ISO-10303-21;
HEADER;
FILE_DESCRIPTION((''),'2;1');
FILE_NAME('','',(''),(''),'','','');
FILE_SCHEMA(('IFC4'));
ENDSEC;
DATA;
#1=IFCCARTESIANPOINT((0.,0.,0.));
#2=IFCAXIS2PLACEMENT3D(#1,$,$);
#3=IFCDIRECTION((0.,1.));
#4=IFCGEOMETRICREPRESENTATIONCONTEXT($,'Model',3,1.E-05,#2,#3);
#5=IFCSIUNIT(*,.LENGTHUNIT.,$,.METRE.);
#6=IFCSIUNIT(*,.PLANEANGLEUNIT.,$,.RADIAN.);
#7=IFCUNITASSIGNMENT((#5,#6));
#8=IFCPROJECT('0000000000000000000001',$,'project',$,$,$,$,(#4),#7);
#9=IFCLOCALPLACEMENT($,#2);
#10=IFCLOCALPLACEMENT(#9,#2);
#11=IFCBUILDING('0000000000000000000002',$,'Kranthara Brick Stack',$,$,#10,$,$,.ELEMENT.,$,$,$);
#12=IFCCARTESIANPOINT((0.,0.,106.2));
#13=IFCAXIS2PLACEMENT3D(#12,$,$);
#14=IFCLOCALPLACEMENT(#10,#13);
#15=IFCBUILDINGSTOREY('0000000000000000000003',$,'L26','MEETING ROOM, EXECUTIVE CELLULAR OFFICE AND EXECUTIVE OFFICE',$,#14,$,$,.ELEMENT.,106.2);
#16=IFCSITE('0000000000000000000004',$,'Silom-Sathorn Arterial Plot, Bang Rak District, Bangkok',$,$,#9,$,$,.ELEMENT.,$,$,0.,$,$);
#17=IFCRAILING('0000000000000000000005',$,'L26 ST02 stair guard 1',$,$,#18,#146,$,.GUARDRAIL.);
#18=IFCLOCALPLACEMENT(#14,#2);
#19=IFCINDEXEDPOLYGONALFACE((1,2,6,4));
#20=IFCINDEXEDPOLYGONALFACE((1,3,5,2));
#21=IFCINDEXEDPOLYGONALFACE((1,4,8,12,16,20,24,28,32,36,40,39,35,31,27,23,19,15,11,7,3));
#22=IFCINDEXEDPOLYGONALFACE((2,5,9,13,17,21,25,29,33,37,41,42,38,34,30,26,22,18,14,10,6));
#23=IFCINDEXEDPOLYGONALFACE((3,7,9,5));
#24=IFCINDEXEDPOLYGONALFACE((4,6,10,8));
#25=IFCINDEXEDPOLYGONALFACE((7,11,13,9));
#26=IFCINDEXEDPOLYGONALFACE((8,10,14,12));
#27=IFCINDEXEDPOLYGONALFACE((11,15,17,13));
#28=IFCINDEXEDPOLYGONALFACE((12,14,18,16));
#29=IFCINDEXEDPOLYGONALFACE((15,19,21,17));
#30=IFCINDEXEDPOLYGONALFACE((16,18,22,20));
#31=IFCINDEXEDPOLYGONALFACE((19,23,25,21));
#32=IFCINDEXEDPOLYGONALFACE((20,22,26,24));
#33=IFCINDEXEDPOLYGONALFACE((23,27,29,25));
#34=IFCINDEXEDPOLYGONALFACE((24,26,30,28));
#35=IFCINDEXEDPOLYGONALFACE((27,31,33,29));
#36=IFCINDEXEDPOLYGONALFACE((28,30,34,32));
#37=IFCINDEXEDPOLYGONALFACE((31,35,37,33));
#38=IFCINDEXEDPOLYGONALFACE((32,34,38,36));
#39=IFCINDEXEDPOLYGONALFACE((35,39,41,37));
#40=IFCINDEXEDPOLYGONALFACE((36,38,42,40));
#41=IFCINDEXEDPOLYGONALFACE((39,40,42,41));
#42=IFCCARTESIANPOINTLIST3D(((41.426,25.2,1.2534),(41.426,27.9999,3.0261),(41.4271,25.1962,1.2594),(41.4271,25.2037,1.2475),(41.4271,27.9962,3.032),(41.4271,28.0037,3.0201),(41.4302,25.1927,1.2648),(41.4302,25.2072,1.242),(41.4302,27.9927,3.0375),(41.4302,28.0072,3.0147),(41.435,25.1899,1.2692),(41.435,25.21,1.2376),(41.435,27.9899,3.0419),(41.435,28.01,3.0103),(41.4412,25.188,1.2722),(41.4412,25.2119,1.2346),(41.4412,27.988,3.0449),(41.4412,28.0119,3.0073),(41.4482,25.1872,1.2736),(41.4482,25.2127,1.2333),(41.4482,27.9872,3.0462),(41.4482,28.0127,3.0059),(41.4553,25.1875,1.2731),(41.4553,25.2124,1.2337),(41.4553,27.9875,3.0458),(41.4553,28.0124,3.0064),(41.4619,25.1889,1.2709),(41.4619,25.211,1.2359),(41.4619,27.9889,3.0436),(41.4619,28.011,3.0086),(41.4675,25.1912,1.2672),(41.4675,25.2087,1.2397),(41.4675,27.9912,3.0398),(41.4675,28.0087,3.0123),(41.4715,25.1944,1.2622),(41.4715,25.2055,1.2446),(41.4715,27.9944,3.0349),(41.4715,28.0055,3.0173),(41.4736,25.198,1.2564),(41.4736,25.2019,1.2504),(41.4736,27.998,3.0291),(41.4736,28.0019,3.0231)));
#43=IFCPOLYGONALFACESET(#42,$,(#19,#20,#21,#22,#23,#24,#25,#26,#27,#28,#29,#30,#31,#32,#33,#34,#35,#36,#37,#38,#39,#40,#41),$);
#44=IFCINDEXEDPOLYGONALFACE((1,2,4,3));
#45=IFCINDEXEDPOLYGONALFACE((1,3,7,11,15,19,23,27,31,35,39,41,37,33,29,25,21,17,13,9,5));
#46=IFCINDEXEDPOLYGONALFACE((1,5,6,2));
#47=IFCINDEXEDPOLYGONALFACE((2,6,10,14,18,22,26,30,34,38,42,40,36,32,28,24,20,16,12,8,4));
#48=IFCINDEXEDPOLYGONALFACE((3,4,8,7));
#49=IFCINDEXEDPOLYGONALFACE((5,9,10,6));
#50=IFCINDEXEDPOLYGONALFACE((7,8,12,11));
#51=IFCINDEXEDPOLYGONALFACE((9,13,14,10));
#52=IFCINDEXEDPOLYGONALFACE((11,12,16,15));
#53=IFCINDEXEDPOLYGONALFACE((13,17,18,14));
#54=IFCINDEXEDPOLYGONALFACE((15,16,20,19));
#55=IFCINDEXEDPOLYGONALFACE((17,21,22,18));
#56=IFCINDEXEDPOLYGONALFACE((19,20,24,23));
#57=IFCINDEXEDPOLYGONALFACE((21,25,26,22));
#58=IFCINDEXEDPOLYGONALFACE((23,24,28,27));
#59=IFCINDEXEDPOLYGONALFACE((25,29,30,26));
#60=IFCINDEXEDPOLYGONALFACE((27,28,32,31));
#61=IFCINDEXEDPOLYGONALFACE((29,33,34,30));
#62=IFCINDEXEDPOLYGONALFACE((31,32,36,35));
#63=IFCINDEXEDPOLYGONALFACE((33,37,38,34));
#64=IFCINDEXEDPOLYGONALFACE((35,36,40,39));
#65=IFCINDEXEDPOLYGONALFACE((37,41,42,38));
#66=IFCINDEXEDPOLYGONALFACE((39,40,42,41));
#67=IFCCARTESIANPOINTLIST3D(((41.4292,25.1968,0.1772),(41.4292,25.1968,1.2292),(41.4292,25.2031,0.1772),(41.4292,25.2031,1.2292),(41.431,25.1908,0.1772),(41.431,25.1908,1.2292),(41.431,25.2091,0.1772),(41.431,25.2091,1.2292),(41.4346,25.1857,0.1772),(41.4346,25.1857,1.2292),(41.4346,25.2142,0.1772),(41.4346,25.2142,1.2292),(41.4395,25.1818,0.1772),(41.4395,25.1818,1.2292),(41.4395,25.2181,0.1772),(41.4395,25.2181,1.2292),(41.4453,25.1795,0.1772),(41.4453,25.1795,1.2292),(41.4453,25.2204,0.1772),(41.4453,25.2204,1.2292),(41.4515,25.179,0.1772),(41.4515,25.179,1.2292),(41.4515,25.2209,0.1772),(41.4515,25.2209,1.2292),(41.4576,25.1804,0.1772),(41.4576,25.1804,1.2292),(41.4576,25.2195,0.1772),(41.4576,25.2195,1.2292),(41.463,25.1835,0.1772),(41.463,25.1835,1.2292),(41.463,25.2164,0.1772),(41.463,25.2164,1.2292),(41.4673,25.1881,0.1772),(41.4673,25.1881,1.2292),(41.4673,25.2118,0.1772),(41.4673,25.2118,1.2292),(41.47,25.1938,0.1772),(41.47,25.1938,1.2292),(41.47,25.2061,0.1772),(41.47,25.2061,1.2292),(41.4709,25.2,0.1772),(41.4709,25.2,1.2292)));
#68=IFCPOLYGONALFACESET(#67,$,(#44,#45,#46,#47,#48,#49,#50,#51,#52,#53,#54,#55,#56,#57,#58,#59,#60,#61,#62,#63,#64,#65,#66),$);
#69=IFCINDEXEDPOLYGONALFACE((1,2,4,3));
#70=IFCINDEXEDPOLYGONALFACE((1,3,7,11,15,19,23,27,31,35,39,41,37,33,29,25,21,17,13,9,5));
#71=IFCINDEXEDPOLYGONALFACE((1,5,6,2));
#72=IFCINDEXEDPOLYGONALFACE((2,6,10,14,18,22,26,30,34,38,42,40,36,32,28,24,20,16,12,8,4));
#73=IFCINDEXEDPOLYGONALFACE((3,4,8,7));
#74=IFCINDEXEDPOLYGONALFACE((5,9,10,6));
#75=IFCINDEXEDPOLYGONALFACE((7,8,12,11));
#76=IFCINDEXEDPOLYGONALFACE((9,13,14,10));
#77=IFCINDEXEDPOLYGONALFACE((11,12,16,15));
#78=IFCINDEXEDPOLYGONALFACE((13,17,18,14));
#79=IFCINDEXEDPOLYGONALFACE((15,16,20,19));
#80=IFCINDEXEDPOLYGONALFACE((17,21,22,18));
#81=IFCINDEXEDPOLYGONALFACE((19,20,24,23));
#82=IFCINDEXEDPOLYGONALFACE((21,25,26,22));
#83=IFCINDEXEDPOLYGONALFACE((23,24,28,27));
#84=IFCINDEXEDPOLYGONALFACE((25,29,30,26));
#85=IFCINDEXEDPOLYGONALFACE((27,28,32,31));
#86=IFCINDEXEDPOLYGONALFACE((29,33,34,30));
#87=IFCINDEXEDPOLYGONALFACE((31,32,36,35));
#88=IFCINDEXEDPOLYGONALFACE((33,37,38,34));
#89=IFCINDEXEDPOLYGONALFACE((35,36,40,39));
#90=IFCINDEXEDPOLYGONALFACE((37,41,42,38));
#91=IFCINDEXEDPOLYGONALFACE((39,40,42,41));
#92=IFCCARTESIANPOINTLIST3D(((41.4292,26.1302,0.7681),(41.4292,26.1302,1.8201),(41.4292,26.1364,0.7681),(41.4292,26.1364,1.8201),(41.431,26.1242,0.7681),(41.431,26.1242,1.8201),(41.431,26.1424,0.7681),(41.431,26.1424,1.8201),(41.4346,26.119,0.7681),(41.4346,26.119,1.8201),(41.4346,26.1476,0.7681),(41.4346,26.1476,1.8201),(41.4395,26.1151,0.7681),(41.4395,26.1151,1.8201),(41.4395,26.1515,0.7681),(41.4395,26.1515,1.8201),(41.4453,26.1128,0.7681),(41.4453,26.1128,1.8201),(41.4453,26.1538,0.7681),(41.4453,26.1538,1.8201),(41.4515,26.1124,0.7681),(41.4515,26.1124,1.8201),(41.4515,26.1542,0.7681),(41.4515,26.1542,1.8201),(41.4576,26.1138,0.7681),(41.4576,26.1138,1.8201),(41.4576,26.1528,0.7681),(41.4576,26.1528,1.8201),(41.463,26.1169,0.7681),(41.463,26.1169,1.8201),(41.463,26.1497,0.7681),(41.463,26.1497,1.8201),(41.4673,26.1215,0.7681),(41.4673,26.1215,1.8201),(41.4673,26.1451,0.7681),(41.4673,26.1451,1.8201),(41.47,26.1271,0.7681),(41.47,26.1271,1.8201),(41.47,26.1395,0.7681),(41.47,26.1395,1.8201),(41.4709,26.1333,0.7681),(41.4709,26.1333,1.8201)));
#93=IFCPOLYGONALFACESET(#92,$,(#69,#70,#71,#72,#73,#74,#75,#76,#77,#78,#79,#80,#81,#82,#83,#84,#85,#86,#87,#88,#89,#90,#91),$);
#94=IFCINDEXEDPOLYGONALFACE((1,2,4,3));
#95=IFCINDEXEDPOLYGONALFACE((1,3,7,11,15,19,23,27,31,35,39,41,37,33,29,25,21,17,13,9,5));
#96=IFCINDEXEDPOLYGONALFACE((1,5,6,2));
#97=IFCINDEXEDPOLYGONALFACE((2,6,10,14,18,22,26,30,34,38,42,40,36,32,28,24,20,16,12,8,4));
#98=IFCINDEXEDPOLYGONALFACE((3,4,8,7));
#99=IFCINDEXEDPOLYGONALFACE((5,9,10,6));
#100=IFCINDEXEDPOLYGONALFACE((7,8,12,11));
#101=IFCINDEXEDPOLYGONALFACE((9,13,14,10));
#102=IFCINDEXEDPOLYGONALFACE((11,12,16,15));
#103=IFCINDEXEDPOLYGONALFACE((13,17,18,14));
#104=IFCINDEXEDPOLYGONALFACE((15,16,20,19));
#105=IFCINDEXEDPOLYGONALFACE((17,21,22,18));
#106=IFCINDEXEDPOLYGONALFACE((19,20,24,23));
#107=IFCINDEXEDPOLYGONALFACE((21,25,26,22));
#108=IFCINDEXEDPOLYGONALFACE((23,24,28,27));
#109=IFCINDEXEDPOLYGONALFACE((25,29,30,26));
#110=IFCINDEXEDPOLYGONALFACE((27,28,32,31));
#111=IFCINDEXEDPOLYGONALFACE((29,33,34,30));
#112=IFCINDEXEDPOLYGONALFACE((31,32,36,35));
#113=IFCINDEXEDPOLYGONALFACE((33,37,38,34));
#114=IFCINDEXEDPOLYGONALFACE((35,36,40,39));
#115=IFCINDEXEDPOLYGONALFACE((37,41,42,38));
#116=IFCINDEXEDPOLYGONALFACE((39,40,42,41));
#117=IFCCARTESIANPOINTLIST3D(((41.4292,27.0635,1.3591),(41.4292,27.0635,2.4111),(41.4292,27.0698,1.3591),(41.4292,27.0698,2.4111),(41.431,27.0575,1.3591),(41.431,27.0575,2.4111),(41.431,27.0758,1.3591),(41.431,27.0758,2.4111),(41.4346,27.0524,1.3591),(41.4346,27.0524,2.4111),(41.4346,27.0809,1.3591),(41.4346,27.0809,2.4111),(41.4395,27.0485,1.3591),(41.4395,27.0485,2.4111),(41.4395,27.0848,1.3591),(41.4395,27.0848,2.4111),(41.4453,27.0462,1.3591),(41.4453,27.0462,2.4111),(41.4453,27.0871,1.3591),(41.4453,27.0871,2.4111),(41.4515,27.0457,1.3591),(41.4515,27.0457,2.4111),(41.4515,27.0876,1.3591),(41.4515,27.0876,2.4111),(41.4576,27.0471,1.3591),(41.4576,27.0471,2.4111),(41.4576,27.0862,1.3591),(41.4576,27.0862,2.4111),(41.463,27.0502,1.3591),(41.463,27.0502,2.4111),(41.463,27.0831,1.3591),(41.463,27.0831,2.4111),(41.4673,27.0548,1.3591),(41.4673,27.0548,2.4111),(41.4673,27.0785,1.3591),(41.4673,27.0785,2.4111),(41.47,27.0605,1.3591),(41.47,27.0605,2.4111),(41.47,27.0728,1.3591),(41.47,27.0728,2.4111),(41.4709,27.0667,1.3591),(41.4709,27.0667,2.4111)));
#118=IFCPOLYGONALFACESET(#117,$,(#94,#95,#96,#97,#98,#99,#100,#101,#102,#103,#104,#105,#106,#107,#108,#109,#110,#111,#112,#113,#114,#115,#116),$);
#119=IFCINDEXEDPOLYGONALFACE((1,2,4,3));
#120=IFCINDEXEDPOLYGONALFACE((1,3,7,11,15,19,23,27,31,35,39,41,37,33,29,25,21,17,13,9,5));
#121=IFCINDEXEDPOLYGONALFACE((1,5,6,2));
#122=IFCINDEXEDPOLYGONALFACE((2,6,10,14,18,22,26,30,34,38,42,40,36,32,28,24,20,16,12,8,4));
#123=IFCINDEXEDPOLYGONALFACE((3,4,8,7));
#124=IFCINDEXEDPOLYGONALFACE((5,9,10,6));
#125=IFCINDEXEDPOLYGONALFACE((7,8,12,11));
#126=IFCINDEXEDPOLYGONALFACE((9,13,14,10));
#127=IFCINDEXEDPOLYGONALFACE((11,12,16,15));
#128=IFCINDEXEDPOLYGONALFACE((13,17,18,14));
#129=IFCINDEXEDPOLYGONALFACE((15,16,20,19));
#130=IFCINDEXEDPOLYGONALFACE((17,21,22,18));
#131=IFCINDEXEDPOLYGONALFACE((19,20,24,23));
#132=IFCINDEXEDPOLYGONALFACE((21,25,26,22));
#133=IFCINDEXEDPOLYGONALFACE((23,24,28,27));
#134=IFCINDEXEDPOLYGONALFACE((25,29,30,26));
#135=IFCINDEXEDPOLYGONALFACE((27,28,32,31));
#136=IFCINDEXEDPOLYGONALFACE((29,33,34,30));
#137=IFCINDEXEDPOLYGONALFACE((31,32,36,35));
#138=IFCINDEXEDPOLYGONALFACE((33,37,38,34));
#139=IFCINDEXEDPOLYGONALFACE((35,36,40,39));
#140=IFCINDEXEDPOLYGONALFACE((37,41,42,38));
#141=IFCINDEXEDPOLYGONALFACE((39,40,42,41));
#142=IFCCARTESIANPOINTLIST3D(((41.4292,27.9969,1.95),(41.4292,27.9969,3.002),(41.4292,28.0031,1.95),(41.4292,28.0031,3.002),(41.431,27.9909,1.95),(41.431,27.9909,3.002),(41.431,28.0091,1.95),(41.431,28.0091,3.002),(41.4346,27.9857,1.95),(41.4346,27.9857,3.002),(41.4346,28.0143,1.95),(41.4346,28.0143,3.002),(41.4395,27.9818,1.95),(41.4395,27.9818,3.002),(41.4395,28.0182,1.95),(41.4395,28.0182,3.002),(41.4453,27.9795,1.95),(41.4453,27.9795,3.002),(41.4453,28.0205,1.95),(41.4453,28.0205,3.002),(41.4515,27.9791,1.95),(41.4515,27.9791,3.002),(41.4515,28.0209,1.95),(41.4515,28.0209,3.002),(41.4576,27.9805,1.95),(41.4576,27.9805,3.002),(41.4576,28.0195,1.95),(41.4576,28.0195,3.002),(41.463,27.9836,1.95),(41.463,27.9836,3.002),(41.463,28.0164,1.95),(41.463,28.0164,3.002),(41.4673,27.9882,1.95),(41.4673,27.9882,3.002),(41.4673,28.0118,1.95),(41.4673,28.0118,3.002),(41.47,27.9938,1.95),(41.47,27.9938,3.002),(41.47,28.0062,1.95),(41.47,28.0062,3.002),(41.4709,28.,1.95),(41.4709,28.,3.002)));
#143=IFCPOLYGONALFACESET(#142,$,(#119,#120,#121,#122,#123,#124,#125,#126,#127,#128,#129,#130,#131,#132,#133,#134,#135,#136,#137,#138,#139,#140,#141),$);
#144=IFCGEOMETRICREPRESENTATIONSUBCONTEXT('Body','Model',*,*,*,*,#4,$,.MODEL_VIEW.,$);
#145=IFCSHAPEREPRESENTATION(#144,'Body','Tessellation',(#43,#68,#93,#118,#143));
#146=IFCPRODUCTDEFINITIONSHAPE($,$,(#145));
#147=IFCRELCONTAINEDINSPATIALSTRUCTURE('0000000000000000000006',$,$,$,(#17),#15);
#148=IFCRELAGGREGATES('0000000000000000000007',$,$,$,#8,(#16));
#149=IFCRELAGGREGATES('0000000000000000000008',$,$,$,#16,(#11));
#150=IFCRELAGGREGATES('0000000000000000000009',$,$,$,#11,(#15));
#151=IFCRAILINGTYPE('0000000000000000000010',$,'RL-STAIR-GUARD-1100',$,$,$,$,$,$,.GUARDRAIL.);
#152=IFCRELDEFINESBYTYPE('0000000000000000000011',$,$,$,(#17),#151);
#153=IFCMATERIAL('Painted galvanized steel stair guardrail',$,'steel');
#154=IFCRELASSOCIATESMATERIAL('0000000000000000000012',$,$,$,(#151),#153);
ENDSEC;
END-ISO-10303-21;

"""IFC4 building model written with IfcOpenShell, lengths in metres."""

from ifc_helpers import new_model, si_unit, direction, frame, origin, origin_2d, place, context, subcontext, project, spatial, circle, extrude, material, type_object, element, save


model = new_model("IFC4")

# Units and contexts
model_context = context("Model", 3, precision=1e-05, world=origin(), true_north=direction((0.0, 1.0)))
body_context = subcontext(model_context, "Body", "Model", "MODEL_VIEW")
ifc_project = project(units=[si_unit("LENGTHUNIT", "METRE"), si_unit("PLANEANGLEUNIT", "RADIAN")], contexts=[model_context])

# Site, building, storey
site_placement = place(None, origin())
site = spatial("IfcSite", under=ifc_project, at=site_placement, Name="Silom-Sathorn Arterial Plot, Bang Rak District, Bangkok", CompositionType="ELEMENT", RefElevation=0.0)
building_placement = place(site_placement, origin())
building = spatial("IfcBuilding", under=site, at=building_placement, Name="Kranthara Brick Stack", CompositionType="ELEMENT")
storey_placement = place(building_placement, frame((0.0, 0.0, 106.2)))
storey = spatial("IfcBuildingStorey", under=building, at=storey_placement, Name="L26", Description="MEETING ROOM, EXECUTIVE CELLULAR OFFICE AND EXECUTIVE OFFICE", CompositionType="ELEMENT", Elevation=106.2)

# Railing
ifc_material_1 = material(Name="Painted galvanized steel stair guardrail", Category="steel")
railing_type_1 = type_object("IfcRailingType", Name="RL-STAIR-GUARD-1100", PredefinedType="GUARDRAIL", material=ifc_material_1)
railing_1_placement = place(storey_placement, frame((41.45, 25.2, 0.1772)))
element("IfcRailing", 1, at=railing_1_placement, inside=storey, type_object=railing_type_1, Name="L26 ST02 stair guard 1", PredefinedType="GUARDRAIL", context=body_context, shape_type="SweptSolid", body=[
    extrude(circle(Radius=0.0239, at=origin_2d()), frame((0.0, 0.0, 1.0762), z_axis=(0.0, 0.844909, 0.53491), x_axis=(-1.0, 0.0, 0.0)), (0.0, 0.0, 1.0), 3.314),
    extrude(circle(Radius=0.021, at=origin_2d()), origin(), (0.0, 0.0, 1.0), 1.052),
    extrude(circle(Radius=0.021, at=origin_2d()), frame((0.0, 0.9333, 0.5908)), (0.0, 0.0, 1.0), 1.052),
    extrude(circle(Radius=0.021, at=origin_2d()), frame((0.0, 1.8667, 1.1819)), (0.0, 0.0, 1.0), 1.052),
    extrude(circle(Radius=0.021, at=origin_2d()), frame((0.0, 2.8, 1.7727)), (0.0, 0.0, 1.0), 1.052),
])

save(model, "model.ifc")
